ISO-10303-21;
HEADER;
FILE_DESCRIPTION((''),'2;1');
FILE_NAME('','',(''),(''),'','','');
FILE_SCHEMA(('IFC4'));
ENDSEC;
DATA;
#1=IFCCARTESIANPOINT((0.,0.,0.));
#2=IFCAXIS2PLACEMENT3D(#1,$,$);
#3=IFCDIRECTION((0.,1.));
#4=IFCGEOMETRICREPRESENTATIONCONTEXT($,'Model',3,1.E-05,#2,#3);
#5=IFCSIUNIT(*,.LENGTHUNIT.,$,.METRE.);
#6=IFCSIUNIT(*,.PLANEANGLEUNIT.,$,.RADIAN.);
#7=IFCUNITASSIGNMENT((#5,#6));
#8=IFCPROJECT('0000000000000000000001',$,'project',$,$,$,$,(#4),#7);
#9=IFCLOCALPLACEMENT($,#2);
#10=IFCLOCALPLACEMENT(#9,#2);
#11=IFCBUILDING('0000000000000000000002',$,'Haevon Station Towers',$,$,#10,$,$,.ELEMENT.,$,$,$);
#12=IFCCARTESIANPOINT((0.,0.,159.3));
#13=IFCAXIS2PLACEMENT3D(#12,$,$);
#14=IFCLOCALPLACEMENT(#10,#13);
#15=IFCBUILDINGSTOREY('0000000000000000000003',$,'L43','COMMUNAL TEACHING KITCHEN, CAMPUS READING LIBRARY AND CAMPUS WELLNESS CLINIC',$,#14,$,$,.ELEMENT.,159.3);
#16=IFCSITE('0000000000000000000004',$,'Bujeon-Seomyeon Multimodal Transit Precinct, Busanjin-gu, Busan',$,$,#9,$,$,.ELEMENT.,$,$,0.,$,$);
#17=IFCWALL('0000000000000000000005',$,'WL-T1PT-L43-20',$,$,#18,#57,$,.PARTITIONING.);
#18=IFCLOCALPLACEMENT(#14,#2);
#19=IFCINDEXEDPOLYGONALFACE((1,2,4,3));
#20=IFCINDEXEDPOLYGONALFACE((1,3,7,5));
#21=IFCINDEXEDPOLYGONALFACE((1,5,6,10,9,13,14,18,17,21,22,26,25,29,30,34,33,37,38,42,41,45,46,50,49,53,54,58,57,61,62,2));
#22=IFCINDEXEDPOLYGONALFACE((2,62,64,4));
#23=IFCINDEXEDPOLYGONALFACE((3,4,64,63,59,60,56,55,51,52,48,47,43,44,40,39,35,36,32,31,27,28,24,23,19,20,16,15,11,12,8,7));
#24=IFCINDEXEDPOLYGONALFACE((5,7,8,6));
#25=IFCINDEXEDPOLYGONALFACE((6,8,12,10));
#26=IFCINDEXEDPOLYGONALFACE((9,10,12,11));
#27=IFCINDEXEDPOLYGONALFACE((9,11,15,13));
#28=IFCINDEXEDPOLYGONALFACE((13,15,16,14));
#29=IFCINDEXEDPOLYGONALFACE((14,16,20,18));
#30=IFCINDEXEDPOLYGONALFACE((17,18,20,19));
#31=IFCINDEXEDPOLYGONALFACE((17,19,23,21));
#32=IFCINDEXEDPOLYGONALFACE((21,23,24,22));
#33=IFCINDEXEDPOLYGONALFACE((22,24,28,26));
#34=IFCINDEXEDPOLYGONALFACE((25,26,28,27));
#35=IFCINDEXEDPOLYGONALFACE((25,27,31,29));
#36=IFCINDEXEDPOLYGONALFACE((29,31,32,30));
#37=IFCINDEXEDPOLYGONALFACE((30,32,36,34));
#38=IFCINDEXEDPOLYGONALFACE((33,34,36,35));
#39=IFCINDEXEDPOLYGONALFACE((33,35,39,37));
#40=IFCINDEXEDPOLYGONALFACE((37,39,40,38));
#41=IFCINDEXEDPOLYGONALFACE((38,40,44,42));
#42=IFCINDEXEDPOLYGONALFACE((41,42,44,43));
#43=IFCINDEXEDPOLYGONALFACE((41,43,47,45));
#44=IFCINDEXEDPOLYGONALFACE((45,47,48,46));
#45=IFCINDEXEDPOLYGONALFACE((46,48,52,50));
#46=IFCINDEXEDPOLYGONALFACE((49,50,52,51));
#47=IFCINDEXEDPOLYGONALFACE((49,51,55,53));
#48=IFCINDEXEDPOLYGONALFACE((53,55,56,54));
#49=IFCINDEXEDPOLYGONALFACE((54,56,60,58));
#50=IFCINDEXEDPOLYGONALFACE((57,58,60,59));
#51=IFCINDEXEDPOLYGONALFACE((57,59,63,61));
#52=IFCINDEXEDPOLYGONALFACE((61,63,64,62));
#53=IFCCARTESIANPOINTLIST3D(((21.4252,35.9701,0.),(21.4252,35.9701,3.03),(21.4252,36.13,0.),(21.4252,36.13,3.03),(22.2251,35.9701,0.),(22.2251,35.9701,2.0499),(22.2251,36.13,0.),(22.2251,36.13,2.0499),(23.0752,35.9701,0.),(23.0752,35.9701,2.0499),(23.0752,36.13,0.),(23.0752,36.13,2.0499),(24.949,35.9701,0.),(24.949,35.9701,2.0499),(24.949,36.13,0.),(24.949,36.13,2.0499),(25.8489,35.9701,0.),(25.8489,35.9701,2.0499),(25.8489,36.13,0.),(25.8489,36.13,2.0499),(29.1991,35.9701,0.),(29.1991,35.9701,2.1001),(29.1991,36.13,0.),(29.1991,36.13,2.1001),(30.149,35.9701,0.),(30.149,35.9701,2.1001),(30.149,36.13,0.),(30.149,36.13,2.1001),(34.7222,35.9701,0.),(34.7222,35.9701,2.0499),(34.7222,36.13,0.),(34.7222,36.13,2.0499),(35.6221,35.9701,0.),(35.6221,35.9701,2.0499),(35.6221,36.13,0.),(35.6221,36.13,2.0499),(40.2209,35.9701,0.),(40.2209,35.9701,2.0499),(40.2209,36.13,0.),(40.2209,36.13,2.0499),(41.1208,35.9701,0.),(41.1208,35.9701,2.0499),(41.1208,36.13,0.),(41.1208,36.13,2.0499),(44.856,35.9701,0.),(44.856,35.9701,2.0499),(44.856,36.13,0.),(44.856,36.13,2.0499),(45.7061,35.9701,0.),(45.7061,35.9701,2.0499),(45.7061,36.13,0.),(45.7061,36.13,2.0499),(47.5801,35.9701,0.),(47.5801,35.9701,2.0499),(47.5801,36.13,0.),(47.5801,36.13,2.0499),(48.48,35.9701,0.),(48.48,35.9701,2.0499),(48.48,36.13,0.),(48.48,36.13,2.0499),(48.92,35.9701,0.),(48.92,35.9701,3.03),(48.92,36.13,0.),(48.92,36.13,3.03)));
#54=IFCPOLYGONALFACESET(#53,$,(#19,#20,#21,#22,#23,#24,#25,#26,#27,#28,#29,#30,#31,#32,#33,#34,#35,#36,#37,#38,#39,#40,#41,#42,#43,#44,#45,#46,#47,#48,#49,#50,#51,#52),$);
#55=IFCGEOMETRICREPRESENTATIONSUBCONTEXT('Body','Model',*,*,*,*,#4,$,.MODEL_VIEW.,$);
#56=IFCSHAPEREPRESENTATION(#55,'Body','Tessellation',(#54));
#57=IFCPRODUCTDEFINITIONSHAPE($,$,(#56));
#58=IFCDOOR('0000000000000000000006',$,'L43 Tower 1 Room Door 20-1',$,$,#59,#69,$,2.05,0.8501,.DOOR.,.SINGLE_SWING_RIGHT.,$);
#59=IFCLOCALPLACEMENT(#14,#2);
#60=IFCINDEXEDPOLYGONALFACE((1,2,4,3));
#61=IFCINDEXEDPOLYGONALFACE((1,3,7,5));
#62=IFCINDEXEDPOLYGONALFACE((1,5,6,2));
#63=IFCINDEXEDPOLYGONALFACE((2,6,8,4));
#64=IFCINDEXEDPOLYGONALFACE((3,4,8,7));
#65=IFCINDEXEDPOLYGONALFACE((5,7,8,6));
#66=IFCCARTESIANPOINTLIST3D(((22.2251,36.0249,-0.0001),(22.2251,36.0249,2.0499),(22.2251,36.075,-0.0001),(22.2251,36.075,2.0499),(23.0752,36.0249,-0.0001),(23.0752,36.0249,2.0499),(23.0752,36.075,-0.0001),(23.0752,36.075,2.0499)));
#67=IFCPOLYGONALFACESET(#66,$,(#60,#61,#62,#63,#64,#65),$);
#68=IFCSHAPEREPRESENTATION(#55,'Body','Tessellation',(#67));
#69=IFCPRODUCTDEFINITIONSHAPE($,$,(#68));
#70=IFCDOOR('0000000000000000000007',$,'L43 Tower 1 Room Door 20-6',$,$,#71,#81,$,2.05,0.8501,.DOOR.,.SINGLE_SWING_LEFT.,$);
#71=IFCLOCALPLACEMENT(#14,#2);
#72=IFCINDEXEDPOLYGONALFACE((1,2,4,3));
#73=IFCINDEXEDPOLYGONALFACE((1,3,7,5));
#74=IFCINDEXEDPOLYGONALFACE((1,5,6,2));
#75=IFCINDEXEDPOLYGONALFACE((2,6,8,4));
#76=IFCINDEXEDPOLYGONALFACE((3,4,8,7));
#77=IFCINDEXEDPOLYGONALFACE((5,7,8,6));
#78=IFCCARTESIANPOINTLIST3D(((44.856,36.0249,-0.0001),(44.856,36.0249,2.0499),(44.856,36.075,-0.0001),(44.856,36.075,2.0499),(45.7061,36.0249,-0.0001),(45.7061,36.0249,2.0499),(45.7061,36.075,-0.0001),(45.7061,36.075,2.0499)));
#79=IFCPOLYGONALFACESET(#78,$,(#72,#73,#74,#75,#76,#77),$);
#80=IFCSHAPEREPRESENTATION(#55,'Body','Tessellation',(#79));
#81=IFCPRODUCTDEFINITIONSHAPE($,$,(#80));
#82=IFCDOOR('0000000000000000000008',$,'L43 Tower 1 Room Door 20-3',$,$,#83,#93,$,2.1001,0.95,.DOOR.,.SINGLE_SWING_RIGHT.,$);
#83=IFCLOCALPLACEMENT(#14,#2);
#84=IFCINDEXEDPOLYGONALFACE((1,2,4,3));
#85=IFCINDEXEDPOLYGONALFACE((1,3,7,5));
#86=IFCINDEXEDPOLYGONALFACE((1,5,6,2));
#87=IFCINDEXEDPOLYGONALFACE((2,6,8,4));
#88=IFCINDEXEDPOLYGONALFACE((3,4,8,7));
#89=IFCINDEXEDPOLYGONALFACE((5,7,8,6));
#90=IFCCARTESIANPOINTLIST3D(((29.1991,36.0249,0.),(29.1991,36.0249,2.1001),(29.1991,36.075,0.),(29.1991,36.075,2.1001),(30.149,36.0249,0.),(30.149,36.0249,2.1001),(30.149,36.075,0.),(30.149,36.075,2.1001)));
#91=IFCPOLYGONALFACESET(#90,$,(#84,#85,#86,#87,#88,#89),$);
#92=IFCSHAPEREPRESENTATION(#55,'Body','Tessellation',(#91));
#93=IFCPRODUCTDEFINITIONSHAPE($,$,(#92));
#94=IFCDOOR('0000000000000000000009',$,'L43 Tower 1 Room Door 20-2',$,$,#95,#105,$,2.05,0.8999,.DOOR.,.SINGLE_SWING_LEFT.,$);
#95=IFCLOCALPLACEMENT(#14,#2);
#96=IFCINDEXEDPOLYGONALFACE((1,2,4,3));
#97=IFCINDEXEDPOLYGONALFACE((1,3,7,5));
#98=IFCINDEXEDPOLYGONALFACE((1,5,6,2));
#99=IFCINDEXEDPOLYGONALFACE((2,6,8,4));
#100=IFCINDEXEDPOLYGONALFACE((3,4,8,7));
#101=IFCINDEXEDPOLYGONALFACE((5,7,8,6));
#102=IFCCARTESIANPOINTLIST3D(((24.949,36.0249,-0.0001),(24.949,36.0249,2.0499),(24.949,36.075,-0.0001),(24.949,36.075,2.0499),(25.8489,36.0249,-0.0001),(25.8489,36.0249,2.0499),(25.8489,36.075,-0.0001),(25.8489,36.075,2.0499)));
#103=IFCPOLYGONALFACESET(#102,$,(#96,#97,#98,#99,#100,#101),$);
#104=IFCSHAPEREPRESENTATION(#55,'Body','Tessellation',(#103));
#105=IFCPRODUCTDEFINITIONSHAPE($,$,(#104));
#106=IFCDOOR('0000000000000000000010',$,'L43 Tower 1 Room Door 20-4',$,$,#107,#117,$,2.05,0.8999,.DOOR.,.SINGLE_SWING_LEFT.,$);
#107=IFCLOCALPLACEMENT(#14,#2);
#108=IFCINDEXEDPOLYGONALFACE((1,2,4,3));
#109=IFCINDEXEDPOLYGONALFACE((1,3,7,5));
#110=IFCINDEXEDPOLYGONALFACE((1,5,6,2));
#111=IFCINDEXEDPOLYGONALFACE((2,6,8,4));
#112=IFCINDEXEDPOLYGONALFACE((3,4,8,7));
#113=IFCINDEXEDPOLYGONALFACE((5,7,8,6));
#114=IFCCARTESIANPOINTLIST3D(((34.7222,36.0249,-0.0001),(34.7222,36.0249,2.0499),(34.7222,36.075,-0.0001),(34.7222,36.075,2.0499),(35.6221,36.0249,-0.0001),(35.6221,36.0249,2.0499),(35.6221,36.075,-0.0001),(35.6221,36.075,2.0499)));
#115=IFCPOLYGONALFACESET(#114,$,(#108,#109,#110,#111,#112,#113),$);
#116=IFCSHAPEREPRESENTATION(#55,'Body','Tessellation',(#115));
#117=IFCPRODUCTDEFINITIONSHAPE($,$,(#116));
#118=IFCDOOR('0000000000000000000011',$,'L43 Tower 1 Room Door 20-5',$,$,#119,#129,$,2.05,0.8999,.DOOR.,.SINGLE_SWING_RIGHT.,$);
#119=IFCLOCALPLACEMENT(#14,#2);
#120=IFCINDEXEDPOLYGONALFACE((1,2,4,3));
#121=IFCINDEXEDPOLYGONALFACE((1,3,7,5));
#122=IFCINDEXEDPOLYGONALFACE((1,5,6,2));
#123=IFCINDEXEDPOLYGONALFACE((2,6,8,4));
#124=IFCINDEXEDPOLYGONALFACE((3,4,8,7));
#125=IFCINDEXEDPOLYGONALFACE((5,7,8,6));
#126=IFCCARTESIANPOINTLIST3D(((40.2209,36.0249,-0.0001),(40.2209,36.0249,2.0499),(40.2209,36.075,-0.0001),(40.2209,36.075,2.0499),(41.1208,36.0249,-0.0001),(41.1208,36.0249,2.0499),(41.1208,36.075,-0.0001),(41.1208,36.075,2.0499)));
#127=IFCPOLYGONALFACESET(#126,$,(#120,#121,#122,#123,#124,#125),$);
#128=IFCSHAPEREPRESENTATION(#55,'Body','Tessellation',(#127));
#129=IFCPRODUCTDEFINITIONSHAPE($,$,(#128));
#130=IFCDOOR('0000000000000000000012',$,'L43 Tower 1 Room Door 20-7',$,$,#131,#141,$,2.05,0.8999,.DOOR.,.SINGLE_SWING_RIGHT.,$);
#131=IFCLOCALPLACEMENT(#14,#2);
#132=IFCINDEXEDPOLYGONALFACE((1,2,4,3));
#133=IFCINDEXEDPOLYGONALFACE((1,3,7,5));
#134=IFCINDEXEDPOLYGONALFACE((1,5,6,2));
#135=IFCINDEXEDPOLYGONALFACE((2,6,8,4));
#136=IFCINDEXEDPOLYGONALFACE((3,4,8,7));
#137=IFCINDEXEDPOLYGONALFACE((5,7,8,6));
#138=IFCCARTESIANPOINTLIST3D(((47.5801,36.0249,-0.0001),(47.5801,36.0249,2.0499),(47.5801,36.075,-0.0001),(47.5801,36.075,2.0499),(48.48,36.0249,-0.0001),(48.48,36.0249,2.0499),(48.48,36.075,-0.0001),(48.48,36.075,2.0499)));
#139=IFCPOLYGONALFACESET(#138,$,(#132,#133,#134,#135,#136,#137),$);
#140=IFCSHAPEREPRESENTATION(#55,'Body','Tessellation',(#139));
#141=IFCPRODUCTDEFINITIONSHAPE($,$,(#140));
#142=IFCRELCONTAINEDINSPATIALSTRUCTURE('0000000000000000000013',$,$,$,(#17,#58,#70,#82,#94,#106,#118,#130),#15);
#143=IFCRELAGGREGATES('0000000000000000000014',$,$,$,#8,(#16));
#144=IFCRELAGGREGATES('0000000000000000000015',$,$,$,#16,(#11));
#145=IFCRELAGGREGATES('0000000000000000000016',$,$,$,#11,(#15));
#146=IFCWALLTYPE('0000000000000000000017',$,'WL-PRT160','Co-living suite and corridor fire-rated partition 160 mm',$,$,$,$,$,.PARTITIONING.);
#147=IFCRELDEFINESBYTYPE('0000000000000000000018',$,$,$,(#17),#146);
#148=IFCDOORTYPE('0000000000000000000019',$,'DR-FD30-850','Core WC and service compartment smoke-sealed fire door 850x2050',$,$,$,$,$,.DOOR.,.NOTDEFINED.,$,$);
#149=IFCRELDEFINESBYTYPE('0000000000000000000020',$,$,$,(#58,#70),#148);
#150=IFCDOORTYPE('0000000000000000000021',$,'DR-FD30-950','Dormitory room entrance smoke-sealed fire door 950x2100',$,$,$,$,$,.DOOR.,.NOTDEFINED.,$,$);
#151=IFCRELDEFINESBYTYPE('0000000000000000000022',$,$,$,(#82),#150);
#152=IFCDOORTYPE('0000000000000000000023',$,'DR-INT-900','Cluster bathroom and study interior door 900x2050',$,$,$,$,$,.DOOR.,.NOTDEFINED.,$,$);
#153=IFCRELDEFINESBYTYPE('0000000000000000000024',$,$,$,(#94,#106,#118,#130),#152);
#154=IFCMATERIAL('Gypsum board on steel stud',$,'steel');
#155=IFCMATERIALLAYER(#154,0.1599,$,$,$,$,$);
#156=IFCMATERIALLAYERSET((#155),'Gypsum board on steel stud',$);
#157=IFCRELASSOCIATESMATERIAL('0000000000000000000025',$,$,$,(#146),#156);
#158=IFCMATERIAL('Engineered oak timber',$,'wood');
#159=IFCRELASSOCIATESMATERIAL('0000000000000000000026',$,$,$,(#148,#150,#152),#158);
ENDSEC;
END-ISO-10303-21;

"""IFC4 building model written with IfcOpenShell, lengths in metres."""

from ifc_helpers import new_model, si_unit, direction, frame, frame_2d, origin, place, context, subcontext, project, spatial, rectangle, extrude, material, layer, layer_set, type_object, element, fill, save


model = new_model("IFC4")

# Units and contexts
model_context = context("Model", 3, precision=1e-05, world=origin(), true_north=direction((0.0, 1.0)))
body_context = subcontext(model_context, "Body", "Model", "MODEL_VIEW")
ifc_project = project(units=[si_unit("LENGTHUNIT", "METRE"), si_unit("PLANEANGLEUNIT", "RADIAN")], contexts=[model_context])

# Site, building, storey
site_placement = place(None, origin())
site = spatial("IfcSite", under=ifc_project, at=site_placement, Name="Bujeon-Seomyeon Multimodal Transit Precinct, Busanjin-gu, Busan", CompositionType="ELEMENT", RefElevation=0.0)
building_placement = place(site_placement, origin())
building = spatial("IfcBuilding", under=site, at=building_placement, Name="Haevon Station Towers", CompositionType="ELEMENT")
storey_placement = place(building_placement, frame((0.0, 0.0, 159.3)))
storey = spatial("IfcBuildingStorey", under=building, at=storey_placement, Name="L43", Description="COMMUNAL TEACHING KITCHEN, CAMPUS READING LIBRARY AND CAMPUS WELLNESS CLINIC", CompositionType="ELEMENT", Elevation=159.3)

# Shared definitions
ifc_material_1 = material(Name="Gypsum board on steel stud", Category="steel")
ifc_material_2 = material(Name="Engineered oak timber", Category="wood")

# Shared definitions
ifc_layer_1 = layer(ifc_material_1, 0.1599)
ifc_layer_set_1 = layer_set([ifc_layer_1], Name="Gypsum board on steel stud")
wall_type_1 = type_object("IfcWallType", Name="WL-PRT160", Description="Co-living suite and corridor fire-rated partition 160 mm", PredefinedType="PARTITIONING", material=ifc_layer_set_1)

# Wall, openings, doors
wall_1_placement = place(storey_placement, frame((21.425, 36.05, 0.0), z_axis=(0.0, 0.0, 1.0), x_axis=(1.0, 0.0, 0.0)))
wall_1 = element("IfcWall", 1, at=wall_1_placement, inside=storey, type_object=wall_type_1, Name="WL-T1PT-L43-20", PredefinedType="PARTITIONING", context=body_context, shape_type="SweptSolid", body=[
    extrude(rectangle(XDim=27.4949, YDim=0.1599, at=frame_2d((13.7476, 0.0))), origin(), (0.0, 0.0, 1.0), 3.03),
])
opening_1_placement = place(wall_1_placement, frame((0.8, 0.0, 0.0)))
opening_1 = element("IfcOpeningElement", 2, at=opening_1_placement, cuts=wall_1, PredefinedType="OPENING", context=body_context, shape_type="SweptSolid", body=[
    extrude(rectangle(XDim=0.8501, YDim=2.05, at=frame_2d((0.425, 1.0249))), frame((0.0, 0.0898, 0.0), z_axis=(0.0, -1.0, 0.0), x_axis=(1.0, 0.0, 0.0)), (0.0, 0.0, 1.0), 0.1799),
])
opening_2_placement = place(wall_1_placement, frame((3.5239, 0.0, 0.0)))
opening_2 = element("IfcOpeningElement", 3, at=opening_2_placement, cuts=wall_1, PredefinedType="OPENING", context=body_context, shape_type="SweptSolid", body=[
    extrude(rectangle(XDim=0.8999, YDim=2.05, at=frame_2d((0.45, 1.0249))), frame((0.0, 0.0898, 0.0), z_axis=(0.0, -1.0, 0.0), x_axis=(1.0, 0.0, 0.0)), (0.0, 0.0, 1.0), 0.1799),
])
opening_3_placement = place(wall_1_placement, frame((7.7739, 0.0, 0.0)))
opening_3 = element("IfcOpeningElement", 4, at=opening_3_placement, cuts=wall_1, PredefinedType="OPENING", context=body_context, shape_type="SweptSolid", body=[
    extrude(rectangle(XDim=0.95, YDim=2.1001, at=frame_2d((0.4751, 1.05))), frame((0.0, 0.0898, 0.0), z_axis=(0.0, -1.0, 0.0), x_axis=(1.0, 0.0, 0.0)), (0.0, 0.0, 1.0), 0.1799),
])
opening_4_placement = place(wall_1_placement, frame((13.2971, 0.0, 0.0)))
opening_4 = element("IfcOpeningElement", 5, at=opening_4_placement, cuts=wall_1, PredefinedType="OPENING", context=body_context, shape_type="SweptSolid", body=[
    extrude(rectangle(XDim=0.8999, YDim=2.05, at=frame_2d((0.45, 1.0249))), frame((0.0, 0.0898, 0.0), z_axis=(0.0, -1.0, 0.0), x_axis=(1.0, 0.0, 0.0)), (0.0, 0.0, 1.0), 0.1799),
])
opening_5_placement = place(wall_1_placement, frame((18.7959, 0.0, 0.0)))
opening_5 = element("IfcOpeningElement", 6, at=opening_5_placement, cuts=wall_1, PredefinedType="OPENING", context=body_context, shape_type="SweptSolid", body=[
    extrude(rectangle(XDim=0.8999, YDim=2.05, at=frame_2d((0.45, 1.0249))), frame((0.0, 0.0898, 0.0), z_axis=(0.0, -1.0, 0.0), x_axis=(1.0, 0.0, 0.0)), (0.0, 0.0, 1.0), 0.1799),
])
opening_6_placement = place(wall_1_placement, frame((23.4309, 0.0, 0.0)))
opening_6 = element("IfcOpeningElement", 7, at=opening_6_placement, cuts=wall_1, PredefinedType="OPENING", context=body_context, shape_type="SweptSolid", body=[
    extrude(rectangle(XDim=0.8501, YDim=2.05, at=frame_2d((0.425, 1.0249))), frame((0.0, 0.0898, 0.0), z_axis=(0.0, -1.0, 0.0), x_axis=(1.0, 0.0, 0.0)), (0.0, 0.0, 1.0), 0.1799),
])
opening_7_placement = place(wall_1_placement, frame((26.155, 0.0, 0.0)))
opening_7 = element("IfcOpeningElement", 8, at=opening_7_placement, cuts=wall_1, PredefinedType="OPENING", context=body_context, shape_type="SweptSolid", body=[
    extrude(rectangle(XDim=0.8999, YDim=2.05, at=frame_2d((0.45, 1.0249))), frame((0.0, 0.0898, 0.0), z_axis=(0.0, -1.0, 0.0), x_axis=(1.0, 0.0, 0.0)), (0.0, 0.0, 1.0), 0.1799),
])
door_type_1 = type_object("IfcDoorType", Name="DR-FD30-850", Description="Core WC and service compartment smoke-sealed fire door 850x2050", OperationType="NOTDEFINED", PredefinedType="DOOR", material=ifc_material_2)
door_1_placement = place(opening_1_placement, origin())
door_1 = element("IfcDoor", 9, at=door_1_placement, inside=storey, type_object=door_type_1, Name="L43 Tower 1 Room Door 20-1", OperationType="SINGLE_SWING_RIGHT", OverallHeight=2.05, OverallWidth=0.8501, PredefinedType="DOOR", context=body_context, shape_type="SweptSolid", body=[
    extrude(rectangle(XDim=0.8501, YDim=2.05, at=frame_2d((0.425, 1.0249))), frame((0.0, 0.0249, 0.0), z_axis=(0.0, -1.0, 0.0), x_axis=(1.0, 0.0, 0.0)), (0.0, 0.0, 1.0), 0.05),
])
fill(opening_1, door_1)
door_2_placement = place(opening_6_placement, origin())
door_2 = element("IfcDoor", 10, at=door_2_placement, inside=storey, type_object=door_type_1, Name="L43 Tower 1 Room Door 20-6", OperationType="SINGLE_SWING_LEFT", OverallHeight=2.05, OverallWidth=0.8501, PredefinedType="DOOR", context=body_context, shape_type="SweptSolid", body=[
    extrude(rectangle(XDim=0.8501, YDim=2.05, at=frame_2d((0.425, 1.0249))), frame((0.0, 0.0249, 0.0), z_axis=(0.0, -1.0, 0.0), x_axis=(1.0, 0.0, 0.0)), (0.0, 0.0, 1.0), 0.05),
])
fill(opening_6, door_2)
door_type_2 = type_object("IfcDoorType", Name="DR-FD30-950", Description="Dormitory room entrance smoke-sealed fire door 950x2100", OperationType="NOTDEFINED", PredefinedType="DOOR", material=ifc_material_2)
door_3_placement = place(opening_3_placement, origin())
door_3 = element("IfcDoor", 11, at=door_3_placement, inside=storey, type_object=door_type_2, Name="L43 Tower 1 Room Door 20-3", OperationType="SINGLE_SWING_RIGHT", OverallHeight=2.1001, OverallWidth=0.95, PredefinedType="DOOR", context=body_context, shape_type="SweptSolid", body=[
    extrude(rectangle(XDim=0.95, YDim=2.1001, at=frame_2d((0.4751, 1.05))), frame((0.0, 0.0249, 0.0), z_axis=(0.0, -1.0, 0.0), x_axis=(1.0, 0.0, 0.0)), (0.0, 0.0, 1.0), 0.05),
])
fill(opening_3, door_3)
door_type_3 = type_object("IfcDoorType", Name="DR-INT-900", Description="Cluster bathroom and study interior door 900x2050", OperationType="NOTDEFINED", PredefinedType="DOOR", material=ifc_material_2)
door_4_placement = place(opening_2_placement, origin())
door_4 = element("IfcDoor", 12, at=door_4_placement, inside=storey, type_object=door_type_3, Name="L43 Tower 1 Room Door 20-2", OperationType="SINGLE_SWING_LEFT", OverallHeight=2.05, OverallWidth=0.8999, PredefinedType="DOOR", context=body_context, shape_type="SweptSolid", body=[
    extrude(rectangle(XDim=0.8999, YDim=2.05, at=frame_2d((0.45, 1.0249))), frame((0.0, 0.0249, 0.0), z_axis=(0.0, -1.0, 0.0), x_axis=(1.0, 0.0, 0.0)), (0.0, 0.0, 1.0), 0.05),
])
fill(opening_2, door_4)
door_5_placement = place(opening_4_placement, origin())
door_5 = element("IfcDoor", 13, at=door_5_placement, inside=storey, type_object=door_type_3, Name="L43 Tower 1 Room Door 20-4", OperationType="SINGLE_SWING_LEFT", OverallHeight=2.05, OverallWidth=0.8999, PredefinedType="DOOR", context=body_context, shape_type="SweptSolid", body=[
    extrude(rectangle(XDim=0.8999, YDim=2.05, at=frame_2d((0.45, 1.0249))), frame((0.0, 0.0249, 0.0), z_axis=(0.0, -1.0, 0.0), x_axis=(1.0, 0.0, 0.0)), (0.0, 0.0, 1.0), 0.05),
])
fill(opening_4, door_5)
door_6_placement = place(opening_5_placement, origin())
door_6 = element("IfcDoor", 14, at=door_6_placement, inside=storey, type_object=door_type_3, Name="L43 Tower 1 Room Door 20-5", OperationType="SINGLE_SWING_RIGHT", OverallHeight=2.05, OverallWidth=0.8999, PredefinedType="DOOR", context=body_context, shape_type="SweptSolid", body=[
    extrude(rectangle(XDim=0.8999, YDim=2.05, at=frame_2d((0.45, 1.0249))), frame((0.0, 0.0249, 0.0), z_axis=(0.0, -1.0, 0.0), x_axis=(1.0, 0.0, 0.0)), (0.0, 0.0, 1.0), 0.05),
])
fill(opening_5, door_6)
door_7_placement = place(opening_7_placement, origin())
door_7 = element("IfcDoor", 15, at=door_7_placement, inside=storey, type_object=door_type_3, Name="L43 Tower 1 Room Door 20-7", OperationType="SINGLE_SWING_RIGHT", OverallHeight=2.05, OverallWidth=0.8999, PredefinedType="DOOR", context=body_context, shape_type="SweptSolid", body=[
    extrude(rectangle(XDim=0.8999, YDim=2.05, at=frame_2d((0.45, 1.0249))), frame((0.0, 0.0249, 0.0), z_axis=(0.0, -1.0, 0.0), x_axis=(1.0, 0.0, 0.0)), (0.0, 0.0, 1.0), 0.05),
])
fill(opening_7, door_7)

save(model, "model.ifc")
